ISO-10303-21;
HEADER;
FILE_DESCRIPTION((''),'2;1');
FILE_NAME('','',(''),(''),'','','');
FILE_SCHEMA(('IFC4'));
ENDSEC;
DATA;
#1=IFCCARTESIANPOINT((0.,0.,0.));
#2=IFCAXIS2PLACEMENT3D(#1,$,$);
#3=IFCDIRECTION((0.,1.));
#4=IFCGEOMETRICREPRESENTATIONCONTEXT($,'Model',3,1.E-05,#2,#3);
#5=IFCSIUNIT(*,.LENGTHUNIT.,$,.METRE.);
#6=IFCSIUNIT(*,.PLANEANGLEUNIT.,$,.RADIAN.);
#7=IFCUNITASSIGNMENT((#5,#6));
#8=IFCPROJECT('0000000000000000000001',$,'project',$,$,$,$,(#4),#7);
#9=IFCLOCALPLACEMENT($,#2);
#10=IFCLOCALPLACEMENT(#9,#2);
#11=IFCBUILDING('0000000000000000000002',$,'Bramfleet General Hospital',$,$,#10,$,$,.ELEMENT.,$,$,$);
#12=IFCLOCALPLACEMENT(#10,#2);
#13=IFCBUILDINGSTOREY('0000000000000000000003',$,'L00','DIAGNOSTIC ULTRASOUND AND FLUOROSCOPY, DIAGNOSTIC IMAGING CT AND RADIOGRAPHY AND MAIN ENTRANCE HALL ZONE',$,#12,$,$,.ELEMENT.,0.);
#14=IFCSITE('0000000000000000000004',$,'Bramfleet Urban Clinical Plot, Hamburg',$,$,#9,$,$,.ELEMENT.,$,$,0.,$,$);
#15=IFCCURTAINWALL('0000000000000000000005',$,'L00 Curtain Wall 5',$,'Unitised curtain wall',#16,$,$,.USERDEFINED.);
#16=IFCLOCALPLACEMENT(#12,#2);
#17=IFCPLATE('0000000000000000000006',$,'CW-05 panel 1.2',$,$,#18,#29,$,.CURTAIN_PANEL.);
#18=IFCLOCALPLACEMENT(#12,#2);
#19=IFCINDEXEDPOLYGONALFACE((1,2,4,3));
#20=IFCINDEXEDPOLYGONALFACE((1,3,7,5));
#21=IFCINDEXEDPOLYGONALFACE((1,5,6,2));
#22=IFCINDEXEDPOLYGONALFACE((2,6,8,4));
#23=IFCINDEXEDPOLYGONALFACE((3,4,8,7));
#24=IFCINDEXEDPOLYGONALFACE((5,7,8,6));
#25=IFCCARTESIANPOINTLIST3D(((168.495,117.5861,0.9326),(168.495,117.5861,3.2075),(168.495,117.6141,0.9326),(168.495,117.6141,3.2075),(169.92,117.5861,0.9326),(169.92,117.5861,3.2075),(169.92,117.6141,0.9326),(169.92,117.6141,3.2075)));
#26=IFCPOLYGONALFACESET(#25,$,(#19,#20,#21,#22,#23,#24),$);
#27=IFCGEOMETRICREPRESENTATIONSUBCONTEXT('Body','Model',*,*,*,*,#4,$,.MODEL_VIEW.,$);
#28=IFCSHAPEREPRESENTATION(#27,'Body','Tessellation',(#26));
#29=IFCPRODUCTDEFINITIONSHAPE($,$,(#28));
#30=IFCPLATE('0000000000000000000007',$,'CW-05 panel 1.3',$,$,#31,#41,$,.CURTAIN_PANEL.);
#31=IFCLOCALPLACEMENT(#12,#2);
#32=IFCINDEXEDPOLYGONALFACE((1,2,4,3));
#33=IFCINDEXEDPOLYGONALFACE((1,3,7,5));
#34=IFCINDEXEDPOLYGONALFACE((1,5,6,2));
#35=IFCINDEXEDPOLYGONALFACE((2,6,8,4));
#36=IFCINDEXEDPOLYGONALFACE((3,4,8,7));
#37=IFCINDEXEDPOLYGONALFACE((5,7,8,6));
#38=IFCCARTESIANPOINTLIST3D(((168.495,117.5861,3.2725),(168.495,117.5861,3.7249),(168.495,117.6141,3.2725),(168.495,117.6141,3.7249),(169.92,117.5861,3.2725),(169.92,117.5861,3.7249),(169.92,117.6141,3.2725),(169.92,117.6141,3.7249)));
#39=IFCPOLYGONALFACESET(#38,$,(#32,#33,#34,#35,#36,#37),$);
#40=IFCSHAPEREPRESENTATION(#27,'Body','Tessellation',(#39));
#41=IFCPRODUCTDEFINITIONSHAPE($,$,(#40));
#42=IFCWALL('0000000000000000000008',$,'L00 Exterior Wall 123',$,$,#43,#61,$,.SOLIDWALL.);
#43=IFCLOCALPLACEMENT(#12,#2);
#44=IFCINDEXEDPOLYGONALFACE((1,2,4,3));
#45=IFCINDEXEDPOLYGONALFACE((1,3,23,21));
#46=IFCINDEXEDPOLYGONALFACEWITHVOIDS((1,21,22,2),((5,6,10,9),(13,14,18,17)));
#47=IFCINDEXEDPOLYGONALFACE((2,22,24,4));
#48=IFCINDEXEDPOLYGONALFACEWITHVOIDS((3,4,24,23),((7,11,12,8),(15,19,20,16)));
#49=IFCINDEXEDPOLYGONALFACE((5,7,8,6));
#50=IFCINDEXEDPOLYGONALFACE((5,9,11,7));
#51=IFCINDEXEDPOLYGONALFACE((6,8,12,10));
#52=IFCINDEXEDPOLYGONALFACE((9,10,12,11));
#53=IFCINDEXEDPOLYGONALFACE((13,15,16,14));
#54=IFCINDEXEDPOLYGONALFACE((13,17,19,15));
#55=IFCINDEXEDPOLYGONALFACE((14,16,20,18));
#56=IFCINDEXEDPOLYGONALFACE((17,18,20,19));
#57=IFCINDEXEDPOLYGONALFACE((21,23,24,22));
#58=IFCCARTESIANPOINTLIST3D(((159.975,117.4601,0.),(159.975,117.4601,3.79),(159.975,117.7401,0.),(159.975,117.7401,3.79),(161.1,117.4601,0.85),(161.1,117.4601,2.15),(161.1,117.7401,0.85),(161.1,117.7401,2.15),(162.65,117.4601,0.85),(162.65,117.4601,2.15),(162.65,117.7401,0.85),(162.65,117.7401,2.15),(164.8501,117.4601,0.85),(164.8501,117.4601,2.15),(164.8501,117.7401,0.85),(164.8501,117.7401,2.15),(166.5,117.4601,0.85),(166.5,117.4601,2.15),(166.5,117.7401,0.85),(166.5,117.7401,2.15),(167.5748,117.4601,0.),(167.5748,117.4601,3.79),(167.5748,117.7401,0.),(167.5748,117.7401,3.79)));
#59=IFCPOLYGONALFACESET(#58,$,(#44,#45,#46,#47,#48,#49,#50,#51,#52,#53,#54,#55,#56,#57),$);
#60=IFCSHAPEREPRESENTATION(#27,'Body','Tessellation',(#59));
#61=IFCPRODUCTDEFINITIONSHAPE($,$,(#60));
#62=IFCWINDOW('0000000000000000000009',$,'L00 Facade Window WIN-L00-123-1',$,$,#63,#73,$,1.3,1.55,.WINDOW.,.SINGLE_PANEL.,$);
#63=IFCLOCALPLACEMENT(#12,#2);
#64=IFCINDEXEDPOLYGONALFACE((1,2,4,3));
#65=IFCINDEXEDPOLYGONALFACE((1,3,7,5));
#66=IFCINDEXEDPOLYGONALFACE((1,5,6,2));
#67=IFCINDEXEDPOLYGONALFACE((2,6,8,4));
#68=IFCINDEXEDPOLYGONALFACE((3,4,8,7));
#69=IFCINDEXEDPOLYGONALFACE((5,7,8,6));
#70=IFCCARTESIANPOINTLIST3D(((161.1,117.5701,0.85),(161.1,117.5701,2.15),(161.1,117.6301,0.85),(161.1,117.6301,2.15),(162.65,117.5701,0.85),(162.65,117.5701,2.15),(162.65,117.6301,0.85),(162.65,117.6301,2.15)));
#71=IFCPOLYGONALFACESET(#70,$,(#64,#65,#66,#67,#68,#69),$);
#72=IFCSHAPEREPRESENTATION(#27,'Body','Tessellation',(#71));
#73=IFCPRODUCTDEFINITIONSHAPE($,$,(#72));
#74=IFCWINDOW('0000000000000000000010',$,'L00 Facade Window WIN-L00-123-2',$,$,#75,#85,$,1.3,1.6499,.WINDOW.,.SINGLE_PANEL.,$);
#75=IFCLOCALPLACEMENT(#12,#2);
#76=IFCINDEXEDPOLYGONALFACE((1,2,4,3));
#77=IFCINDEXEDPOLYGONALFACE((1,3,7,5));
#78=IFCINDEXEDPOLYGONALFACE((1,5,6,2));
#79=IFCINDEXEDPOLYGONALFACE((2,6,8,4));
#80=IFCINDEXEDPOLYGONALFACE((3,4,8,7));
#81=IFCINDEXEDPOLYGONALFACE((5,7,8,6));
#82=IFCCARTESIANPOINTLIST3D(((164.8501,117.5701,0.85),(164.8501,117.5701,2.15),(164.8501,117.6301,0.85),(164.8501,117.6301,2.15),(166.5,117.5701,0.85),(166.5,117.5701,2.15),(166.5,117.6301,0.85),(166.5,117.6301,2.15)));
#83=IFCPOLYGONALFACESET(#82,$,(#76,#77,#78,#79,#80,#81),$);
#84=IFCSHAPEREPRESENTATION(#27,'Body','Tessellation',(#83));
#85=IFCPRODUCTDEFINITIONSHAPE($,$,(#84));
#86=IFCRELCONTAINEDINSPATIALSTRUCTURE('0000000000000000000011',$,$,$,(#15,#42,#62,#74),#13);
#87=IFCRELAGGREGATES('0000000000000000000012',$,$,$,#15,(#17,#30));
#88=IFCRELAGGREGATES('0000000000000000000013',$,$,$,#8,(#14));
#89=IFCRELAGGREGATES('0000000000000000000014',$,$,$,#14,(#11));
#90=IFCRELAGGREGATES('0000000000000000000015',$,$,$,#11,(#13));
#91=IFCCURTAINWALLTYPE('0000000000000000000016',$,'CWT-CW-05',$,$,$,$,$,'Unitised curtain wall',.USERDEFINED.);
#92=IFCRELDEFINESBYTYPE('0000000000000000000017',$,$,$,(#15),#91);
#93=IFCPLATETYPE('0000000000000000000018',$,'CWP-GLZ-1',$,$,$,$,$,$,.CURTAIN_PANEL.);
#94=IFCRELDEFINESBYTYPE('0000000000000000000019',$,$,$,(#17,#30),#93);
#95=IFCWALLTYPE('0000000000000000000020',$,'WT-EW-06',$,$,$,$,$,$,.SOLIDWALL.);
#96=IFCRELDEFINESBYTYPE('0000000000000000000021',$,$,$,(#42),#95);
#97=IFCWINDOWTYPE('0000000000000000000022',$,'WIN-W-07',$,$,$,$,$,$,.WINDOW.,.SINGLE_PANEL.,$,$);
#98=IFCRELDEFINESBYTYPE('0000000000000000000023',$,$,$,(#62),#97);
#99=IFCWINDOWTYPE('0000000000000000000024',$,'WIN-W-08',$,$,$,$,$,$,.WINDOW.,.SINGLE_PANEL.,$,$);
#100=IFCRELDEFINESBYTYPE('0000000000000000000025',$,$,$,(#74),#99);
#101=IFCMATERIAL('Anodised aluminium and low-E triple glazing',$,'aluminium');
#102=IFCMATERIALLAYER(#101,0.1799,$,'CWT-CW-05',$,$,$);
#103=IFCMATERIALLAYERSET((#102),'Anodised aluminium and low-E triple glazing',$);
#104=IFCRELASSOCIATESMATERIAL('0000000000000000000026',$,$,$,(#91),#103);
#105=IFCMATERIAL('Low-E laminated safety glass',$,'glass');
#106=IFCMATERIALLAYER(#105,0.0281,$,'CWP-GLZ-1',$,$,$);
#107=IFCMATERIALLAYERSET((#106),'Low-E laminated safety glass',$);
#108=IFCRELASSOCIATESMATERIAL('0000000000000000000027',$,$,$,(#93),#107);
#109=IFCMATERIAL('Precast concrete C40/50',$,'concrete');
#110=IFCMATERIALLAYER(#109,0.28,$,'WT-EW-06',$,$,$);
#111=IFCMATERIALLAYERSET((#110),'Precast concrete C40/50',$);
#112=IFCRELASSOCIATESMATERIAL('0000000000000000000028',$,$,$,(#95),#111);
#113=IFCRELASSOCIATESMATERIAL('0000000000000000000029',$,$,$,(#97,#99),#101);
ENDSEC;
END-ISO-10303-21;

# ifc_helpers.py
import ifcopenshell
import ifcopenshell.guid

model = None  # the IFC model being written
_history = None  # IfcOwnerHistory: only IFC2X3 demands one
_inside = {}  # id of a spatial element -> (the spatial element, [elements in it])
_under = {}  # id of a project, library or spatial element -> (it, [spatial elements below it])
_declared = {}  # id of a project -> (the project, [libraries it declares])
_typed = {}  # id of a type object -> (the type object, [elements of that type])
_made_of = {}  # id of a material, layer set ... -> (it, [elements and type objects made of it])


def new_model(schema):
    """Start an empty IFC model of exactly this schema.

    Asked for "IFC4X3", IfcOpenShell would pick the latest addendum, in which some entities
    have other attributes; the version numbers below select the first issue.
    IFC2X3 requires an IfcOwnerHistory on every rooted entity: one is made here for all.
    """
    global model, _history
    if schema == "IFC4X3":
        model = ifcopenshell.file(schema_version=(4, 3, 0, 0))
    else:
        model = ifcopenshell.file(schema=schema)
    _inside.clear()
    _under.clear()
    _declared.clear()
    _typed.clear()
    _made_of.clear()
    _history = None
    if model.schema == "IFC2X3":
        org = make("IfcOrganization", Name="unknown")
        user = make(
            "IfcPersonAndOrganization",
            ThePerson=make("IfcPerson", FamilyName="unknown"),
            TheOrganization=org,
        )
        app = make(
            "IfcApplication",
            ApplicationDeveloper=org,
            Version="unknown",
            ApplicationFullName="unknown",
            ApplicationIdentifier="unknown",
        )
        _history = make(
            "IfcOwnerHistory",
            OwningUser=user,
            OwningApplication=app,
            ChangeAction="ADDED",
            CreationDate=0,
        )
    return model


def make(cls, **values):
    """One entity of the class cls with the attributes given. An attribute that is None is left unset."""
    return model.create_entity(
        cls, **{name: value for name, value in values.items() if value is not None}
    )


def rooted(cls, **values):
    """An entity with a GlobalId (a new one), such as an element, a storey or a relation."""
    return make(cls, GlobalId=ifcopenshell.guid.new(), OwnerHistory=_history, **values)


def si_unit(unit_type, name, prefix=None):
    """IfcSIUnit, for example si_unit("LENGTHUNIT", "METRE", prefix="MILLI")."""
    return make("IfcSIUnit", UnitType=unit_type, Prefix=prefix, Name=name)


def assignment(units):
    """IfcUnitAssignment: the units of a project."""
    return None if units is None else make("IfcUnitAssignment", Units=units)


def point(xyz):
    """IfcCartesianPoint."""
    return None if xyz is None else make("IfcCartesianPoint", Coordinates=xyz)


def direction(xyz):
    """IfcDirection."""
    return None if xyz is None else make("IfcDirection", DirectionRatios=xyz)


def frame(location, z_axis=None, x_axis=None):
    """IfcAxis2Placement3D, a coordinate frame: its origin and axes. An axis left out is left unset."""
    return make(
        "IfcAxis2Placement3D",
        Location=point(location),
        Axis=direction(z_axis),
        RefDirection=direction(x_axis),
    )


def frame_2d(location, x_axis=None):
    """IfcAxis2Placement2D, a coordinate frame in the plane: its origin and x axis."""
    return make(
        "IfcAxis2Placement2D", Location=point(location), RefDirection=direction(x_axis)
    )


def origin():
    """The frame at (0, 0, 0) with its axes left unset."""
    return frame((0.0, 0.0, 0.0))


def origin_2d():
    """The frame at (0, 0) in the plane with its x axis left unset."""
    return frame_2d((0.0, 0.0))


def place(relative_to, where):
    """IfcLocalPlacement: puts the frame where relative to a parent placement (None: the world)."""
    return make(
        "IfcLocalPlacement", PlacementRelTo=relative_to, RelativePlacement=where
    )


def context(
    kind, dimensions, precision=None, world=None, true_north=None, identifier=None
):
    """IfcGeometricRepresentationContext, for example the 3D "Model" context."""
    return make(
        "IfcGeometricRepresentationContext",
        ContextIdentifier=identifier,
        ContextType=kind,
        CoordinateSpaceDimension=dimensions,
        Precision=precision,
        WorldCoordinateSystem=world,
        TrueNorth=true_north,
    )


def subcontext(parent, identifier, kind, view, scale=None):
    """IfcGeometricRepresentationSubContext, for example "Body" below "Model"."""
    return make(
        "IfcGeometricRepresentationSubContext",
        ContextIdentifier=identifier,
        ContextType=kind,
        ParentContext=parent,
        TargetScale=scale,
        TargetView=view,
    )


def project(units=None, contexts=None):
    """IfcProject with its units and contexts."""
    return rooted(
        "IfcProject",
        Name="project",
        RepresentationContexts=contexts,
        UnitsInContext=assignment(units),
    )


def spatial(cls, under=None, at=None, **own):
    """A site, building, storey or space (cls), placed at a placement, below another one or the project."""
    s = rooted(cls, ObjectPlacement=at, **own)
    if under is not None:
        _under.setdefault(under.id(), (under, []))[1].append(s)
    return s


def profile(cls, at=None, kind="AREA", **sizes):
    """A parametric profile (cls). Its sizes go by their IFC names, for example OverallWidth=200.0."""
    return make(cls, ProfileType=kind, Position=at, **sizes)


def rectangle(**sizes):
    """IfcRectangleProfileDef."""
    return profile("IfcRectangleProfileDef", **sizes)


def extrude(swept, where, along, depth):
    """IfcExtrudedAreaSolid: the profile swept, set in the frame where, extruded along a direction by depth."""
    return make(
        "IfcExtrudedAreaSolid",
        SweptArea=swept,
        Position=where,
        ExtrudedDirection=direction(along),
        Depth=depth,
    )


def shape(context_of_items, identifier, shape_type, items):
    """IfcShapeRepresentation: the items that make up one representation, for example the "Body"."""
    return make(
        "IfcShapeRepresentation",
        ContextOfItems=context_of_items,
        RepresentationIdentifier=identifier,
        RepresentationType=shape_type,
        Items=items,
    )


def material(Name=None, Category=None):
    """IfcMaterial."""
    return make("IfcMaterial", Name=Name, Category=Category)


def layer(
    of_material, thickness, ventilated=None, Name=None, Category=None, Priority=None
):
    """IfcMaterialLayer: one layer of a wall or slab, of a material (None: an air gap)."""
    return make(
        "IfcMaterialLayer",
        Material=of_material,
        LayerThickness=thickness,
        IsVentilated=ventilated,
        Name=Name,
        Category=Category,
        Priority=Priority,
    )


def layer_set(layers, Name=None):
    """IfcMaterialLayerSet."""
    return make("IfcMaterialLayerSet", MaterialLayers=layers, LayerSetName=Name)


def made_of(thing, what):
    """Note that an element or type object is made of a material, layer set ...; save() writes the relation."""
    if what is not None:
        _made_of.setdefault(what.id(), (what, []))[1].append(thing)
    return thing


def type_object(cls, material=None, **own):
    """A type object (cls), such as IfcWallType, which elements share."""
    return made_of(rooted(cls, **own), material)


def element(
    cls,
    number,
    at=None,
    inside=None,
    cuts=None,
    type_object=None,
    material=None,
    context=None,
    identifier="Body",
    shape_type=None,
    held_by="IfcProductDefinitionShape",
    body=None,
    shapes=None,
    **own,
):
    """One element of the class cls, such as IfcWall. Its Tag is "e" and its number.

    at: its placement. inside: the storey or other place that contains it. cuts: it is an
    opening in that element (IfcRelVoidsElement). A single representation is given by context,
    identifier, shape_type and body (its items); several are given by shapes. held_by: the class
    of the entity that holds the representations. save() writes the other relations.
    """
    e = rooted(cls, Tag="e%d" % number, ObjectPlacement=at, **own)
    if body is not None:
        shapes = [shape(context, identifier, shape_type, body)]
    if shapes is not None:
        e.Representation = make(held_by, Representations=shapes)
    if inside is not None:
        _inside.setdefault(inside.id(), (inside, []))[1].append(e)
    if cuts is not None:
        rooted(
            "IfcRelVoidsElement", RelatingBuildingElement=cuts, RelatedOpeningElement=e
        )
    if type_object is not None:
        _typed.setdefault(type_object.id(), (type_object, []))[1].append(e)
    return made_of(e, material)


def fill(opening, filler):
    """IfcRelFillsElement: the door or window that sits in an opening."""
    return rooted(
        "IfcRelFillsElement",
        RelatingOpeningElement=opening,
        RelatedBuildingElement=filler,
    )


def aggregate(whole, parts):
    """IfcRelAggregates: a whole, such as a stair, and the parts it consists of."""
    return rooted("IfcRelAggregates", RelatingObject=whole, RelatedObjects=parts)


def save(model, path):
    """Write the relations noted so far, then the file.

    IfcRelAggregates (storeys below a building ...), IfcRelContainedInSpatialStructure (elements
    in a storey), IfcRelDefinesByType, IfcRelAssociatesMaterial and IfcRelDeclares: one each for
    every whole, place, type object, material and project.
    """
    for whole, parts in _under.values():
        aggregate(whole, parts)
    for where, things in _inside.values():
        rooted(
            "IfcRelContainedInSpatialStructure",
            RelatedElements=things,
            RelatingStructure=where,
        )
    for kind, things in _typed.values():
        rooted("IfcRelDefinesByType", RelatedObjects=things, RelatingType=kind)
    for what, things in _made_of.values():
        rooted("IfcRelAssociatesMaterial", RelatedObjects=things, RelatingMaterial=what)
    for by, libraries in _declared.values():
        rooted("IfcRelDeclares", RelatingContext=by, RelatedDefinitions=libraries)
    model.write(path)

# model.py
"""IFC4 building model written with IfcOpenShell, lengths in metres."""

from ifc_helpers import new_model, si_unit, direction, frame, frame_2d, origin, origin_2d, place, context, subcontext, project, spatial, rectangle, extrude, material, layer, layer_set, type_object, element, fill, aggregate, save


model = new_model("IFC4")

# Units and contexts
model_context = context("Model", 3, precision=1e-05, world=origin(), true_north=direction((0.0, 1.0)))
body_context = subcontext(model_context, "Body", "Model", "MODEL_VIEW")
ifc_project = project(units=[si_unit("LENGTHUNIT", "METRE"), si_unit("PLANEANGLEUNIT", "RADIAN")], contexts=[model_context])

# Site, building, storey
site_placement = place(None, origin())
site = spatial("IfcSite", under=ifc_project, at=site_placement, Name="Bramfleet Urban Clinical Plot, Hamburg", CompositionType="ELEMENT", RefElevation=0.0)
building_placement = place(site_placement, origin())
building = spatial("IfcBuilding", under=site, at=building_placement, Name="Bramfleet General Hospital", CompositionType="ELEMENT")
storey_placement = place(building_placement, origin())
storey = spatial("IfcBuildingStorey", under=building, at=storey_placement, Name="L00", Description="DIAGNOSTIC ULTRASOUND AND FLUOROSCOPY, DIAGNOSTIC IMAGING CT AND RADIOGRAPHY AND MAIN ENTRANCE HALL ZONE", CompositionType="ELEMENT", Elevation=0.0)

# Curtain wall, plates
ifc_material_1 = material(Name="Anodised aluminium and low-E triple glazing", Category="aluminium")
ifc_layer_1 = layer(ifc_material_1, 0.1799, Name="CWT-CW-05")
ifc_layer_set_1 = layer_set([ifc_layer_1], Name="Anodised aluminium and low-E triple glazing")
curtain_wall_type = type_object("IfcCurtainWallType", Name="CWT-CW-05", ElementType="Unitised curtain wall", PredefinedType="USERDEFINED", material=ifc_layer_set_1)
curtain_wall_placement = place(storey_placement, origin())
curtain_wall = element("IfcCurtainWall", 1, at=curtain_wall_placement, inside=storey, type_object=curtain_wall_type, Name="L00 Curtain Wall 5", ObjectType="Unitised curtain wall", PredefinedType="USERDEFINED")
ifc_material_2 = material(Name="Low-E laminated safety glass", Category="glass")
ifc_layer_2 = layer(ifc_material_2, 0.0281, Name="CWP-GLZ-1")
ifc_layer_set_2 = layer_set([ifc_layer_2], Name="Low-E laminated safety glass")
plate_type = type_object("IfcPlateType", Name="CWP-GLZ-1", PredefinedType="CURTAIN_PANEL", material=ifc_layer_set_2)
plate_1_placement = place(storey_placement, frame((169.2075, 117.6001, 0.9326), z_axis=(0.0, 0.0, 1.0), x_axis=(1.0, 0.0, 0.0)))
plate_1 = element("IfcPlate", 2, at=plate_1_placement, type_object=plate_type, Name="CW-05 panel 1.2", PredefinedType="CURTAIN_PANEL", context=body_context, shape_type="SweptSolid", body=[
    extrude(rectangle(XDim=1.425, YDim=0.0281, at=origin_2d()), origin(), (0.0, 0.0, 1.0), 2.2749),
])
plate_2_placement = place(storey_placement, frame((169.2075, 117.6001, 3.2725), z_axis=(0.0, 0.0, 1.0), x_axis=(1.0, 0.0, 0.0)))
plate_2 = element("IfcPlate", 3, at=plate_2_placement, type_object=plate_type, Name="CW-05 panel 1.3", PredefinedType="CURTAIN_PANEL", context=body_context, shape_type="SweptSolid", body=[
    extrude(rectangle(XDim=1.425, YDim=0.0281, at=origin_2d()), origin(), (0.0, 0.0, 1.0), 0.4524),
])
aggregate(curtain_wall, [plate_1, plate_2])

# Wall, openings, windows
ifc_material_3 = material(Name="Precast concrete C40/50", Category="concrete")
ifc_layer_3 = layer(ifc_material_3, 0.28, Name="WT-EW-06")
ifc_layer_set_3 = layer_set([ifc_layer_3], Name="Precast concrete C40/50")
wall_type = type_object("IfcWallType", Name="WT-EW-06", PredefinedType="SOLIDWALL", material=ifc_layer_set_3)
wall_placement = place(storey_placement, frame((159.9751, 117.6001, 0.0), z_axis=(0.0, 0.0, 1.0), x_axis=(1.0, 0.0, 0.0)))
wall = element("IfcWall", 4, at=wall_placement, inside=storey, type_object=wall_type, Name="L00 Exterior Wall 123", PredefinedType="SOLIDWALL", context=body_context, shape_type="SweptSolid", body=[
    extrude(rectangle(XDim=7.5999, YDim=0.28, at=frame_2d((3.7998, 0.0))), origin(), (0.0, 0.0, 1.0), 3.79),
])
opening_1_placement = place(wall_placement, frame((1.125, 0.0, 0.8501)))
opening_1 = element("IfcOpeningElement", 5, at=opening_1_placement, cuts=wall, PredefinedType="OPENING", context=body_context, shape_type="SweptSolid", body=[
    extrude(rectangle(XDim=1.55, YDim=1.3, at=frame_2d((0.7749, 0.6499))), frame((0.0, 0.1499, 0.0), z_axis=(0.0, -1.0, 0.0), x_axis=(1.0, 0.0, 0.0)), (0.0, 0.0, 1.0), 0.3),
])
opening_2_placement = place(wall_placement, frame((4.875, 0.0, 0.8501)))
opening_2 = element("IfcOpeningElement", 6, at=opening_2_placement, cuts=wall, PredefinedType="OPENING", context=body_context, shape_type="SweptSolid", body=[
    extrude(rectangle(XDim=1.6499, YDim=1.3, at=frame_2d((0.825, 0.6499))), frame((0.0, 0.1499, 0.0), z_axis=(0.0, -1.0, 0.0), x_axis=(1.0, 0.0, 0.0)), (0.0, 0.0, 1.0), 0.3),
])
window_type_1 = type_object("IfcWindowType", Name="WIN-W-07", PartitioningType="SINGLE_PANEL", PredefinedType="WINDOW", material=ifc_material_1)
window_1_placement = place(opening_1_placement, origin())
window_1 = element("IfcWindow", 7, at=window_1_placement, inside=storey, type_object=window_type_1, Name="L00 Facade Window WIN-L00-123-1", OverallHeight=1.3, OverallWidth=1.55, PartitioningType="SINGLE_PANEL", PredefinedType="WINDOW", context=body_context, shape_type="SweptSolid", body=[
    extrude(rectangle(XDim=1.55, YDim=1.3, at=frame_2d((0.7749, 0.6499))), frame((0.0, 0.03, 0.0), z_axis=(0.0, -1.0, 0.0), x_axis=(1.0, 0.0, 0.0)), (0.0, 0.0, 1.0), 0.0601),
])
fill(opening_1, window_1)
window_type_2 = type_object("IfcWindowType", Name="WIN-W-08", PartitioningType="SINGLE_PANEL", PredefinedType="WINDOW", material=ifc_material_1)
window_2_placement = place(opening_2_placement, origin())
window_2 = element("IfcWindow", 8, at=window_2_placement, inside=storey, type_object=window_type_2, Name="L00 Facade Window WIN-L00-123-2", OverallHeight=1.3, OverallWidth=1.6499, PartitioningType="SINGLE_PANEL", PredefinedType="WINDOW", context=body_context, shape_type="SweptSolid", body=[
    extrude(rectangle(XDim=1.6499, YDim=1.3, at=frame_2d((0.825, 0.6499))), frame((0.0, 0.03, 0.0), z_axis=(0.0, -1.0, 0.0), x_axis=(1.0, 0.0, 0.0)), (0.0, 0.0, 1.0), 0.0601),
])
fill(opening_2, window_2)

save(model, "model.ifc")
